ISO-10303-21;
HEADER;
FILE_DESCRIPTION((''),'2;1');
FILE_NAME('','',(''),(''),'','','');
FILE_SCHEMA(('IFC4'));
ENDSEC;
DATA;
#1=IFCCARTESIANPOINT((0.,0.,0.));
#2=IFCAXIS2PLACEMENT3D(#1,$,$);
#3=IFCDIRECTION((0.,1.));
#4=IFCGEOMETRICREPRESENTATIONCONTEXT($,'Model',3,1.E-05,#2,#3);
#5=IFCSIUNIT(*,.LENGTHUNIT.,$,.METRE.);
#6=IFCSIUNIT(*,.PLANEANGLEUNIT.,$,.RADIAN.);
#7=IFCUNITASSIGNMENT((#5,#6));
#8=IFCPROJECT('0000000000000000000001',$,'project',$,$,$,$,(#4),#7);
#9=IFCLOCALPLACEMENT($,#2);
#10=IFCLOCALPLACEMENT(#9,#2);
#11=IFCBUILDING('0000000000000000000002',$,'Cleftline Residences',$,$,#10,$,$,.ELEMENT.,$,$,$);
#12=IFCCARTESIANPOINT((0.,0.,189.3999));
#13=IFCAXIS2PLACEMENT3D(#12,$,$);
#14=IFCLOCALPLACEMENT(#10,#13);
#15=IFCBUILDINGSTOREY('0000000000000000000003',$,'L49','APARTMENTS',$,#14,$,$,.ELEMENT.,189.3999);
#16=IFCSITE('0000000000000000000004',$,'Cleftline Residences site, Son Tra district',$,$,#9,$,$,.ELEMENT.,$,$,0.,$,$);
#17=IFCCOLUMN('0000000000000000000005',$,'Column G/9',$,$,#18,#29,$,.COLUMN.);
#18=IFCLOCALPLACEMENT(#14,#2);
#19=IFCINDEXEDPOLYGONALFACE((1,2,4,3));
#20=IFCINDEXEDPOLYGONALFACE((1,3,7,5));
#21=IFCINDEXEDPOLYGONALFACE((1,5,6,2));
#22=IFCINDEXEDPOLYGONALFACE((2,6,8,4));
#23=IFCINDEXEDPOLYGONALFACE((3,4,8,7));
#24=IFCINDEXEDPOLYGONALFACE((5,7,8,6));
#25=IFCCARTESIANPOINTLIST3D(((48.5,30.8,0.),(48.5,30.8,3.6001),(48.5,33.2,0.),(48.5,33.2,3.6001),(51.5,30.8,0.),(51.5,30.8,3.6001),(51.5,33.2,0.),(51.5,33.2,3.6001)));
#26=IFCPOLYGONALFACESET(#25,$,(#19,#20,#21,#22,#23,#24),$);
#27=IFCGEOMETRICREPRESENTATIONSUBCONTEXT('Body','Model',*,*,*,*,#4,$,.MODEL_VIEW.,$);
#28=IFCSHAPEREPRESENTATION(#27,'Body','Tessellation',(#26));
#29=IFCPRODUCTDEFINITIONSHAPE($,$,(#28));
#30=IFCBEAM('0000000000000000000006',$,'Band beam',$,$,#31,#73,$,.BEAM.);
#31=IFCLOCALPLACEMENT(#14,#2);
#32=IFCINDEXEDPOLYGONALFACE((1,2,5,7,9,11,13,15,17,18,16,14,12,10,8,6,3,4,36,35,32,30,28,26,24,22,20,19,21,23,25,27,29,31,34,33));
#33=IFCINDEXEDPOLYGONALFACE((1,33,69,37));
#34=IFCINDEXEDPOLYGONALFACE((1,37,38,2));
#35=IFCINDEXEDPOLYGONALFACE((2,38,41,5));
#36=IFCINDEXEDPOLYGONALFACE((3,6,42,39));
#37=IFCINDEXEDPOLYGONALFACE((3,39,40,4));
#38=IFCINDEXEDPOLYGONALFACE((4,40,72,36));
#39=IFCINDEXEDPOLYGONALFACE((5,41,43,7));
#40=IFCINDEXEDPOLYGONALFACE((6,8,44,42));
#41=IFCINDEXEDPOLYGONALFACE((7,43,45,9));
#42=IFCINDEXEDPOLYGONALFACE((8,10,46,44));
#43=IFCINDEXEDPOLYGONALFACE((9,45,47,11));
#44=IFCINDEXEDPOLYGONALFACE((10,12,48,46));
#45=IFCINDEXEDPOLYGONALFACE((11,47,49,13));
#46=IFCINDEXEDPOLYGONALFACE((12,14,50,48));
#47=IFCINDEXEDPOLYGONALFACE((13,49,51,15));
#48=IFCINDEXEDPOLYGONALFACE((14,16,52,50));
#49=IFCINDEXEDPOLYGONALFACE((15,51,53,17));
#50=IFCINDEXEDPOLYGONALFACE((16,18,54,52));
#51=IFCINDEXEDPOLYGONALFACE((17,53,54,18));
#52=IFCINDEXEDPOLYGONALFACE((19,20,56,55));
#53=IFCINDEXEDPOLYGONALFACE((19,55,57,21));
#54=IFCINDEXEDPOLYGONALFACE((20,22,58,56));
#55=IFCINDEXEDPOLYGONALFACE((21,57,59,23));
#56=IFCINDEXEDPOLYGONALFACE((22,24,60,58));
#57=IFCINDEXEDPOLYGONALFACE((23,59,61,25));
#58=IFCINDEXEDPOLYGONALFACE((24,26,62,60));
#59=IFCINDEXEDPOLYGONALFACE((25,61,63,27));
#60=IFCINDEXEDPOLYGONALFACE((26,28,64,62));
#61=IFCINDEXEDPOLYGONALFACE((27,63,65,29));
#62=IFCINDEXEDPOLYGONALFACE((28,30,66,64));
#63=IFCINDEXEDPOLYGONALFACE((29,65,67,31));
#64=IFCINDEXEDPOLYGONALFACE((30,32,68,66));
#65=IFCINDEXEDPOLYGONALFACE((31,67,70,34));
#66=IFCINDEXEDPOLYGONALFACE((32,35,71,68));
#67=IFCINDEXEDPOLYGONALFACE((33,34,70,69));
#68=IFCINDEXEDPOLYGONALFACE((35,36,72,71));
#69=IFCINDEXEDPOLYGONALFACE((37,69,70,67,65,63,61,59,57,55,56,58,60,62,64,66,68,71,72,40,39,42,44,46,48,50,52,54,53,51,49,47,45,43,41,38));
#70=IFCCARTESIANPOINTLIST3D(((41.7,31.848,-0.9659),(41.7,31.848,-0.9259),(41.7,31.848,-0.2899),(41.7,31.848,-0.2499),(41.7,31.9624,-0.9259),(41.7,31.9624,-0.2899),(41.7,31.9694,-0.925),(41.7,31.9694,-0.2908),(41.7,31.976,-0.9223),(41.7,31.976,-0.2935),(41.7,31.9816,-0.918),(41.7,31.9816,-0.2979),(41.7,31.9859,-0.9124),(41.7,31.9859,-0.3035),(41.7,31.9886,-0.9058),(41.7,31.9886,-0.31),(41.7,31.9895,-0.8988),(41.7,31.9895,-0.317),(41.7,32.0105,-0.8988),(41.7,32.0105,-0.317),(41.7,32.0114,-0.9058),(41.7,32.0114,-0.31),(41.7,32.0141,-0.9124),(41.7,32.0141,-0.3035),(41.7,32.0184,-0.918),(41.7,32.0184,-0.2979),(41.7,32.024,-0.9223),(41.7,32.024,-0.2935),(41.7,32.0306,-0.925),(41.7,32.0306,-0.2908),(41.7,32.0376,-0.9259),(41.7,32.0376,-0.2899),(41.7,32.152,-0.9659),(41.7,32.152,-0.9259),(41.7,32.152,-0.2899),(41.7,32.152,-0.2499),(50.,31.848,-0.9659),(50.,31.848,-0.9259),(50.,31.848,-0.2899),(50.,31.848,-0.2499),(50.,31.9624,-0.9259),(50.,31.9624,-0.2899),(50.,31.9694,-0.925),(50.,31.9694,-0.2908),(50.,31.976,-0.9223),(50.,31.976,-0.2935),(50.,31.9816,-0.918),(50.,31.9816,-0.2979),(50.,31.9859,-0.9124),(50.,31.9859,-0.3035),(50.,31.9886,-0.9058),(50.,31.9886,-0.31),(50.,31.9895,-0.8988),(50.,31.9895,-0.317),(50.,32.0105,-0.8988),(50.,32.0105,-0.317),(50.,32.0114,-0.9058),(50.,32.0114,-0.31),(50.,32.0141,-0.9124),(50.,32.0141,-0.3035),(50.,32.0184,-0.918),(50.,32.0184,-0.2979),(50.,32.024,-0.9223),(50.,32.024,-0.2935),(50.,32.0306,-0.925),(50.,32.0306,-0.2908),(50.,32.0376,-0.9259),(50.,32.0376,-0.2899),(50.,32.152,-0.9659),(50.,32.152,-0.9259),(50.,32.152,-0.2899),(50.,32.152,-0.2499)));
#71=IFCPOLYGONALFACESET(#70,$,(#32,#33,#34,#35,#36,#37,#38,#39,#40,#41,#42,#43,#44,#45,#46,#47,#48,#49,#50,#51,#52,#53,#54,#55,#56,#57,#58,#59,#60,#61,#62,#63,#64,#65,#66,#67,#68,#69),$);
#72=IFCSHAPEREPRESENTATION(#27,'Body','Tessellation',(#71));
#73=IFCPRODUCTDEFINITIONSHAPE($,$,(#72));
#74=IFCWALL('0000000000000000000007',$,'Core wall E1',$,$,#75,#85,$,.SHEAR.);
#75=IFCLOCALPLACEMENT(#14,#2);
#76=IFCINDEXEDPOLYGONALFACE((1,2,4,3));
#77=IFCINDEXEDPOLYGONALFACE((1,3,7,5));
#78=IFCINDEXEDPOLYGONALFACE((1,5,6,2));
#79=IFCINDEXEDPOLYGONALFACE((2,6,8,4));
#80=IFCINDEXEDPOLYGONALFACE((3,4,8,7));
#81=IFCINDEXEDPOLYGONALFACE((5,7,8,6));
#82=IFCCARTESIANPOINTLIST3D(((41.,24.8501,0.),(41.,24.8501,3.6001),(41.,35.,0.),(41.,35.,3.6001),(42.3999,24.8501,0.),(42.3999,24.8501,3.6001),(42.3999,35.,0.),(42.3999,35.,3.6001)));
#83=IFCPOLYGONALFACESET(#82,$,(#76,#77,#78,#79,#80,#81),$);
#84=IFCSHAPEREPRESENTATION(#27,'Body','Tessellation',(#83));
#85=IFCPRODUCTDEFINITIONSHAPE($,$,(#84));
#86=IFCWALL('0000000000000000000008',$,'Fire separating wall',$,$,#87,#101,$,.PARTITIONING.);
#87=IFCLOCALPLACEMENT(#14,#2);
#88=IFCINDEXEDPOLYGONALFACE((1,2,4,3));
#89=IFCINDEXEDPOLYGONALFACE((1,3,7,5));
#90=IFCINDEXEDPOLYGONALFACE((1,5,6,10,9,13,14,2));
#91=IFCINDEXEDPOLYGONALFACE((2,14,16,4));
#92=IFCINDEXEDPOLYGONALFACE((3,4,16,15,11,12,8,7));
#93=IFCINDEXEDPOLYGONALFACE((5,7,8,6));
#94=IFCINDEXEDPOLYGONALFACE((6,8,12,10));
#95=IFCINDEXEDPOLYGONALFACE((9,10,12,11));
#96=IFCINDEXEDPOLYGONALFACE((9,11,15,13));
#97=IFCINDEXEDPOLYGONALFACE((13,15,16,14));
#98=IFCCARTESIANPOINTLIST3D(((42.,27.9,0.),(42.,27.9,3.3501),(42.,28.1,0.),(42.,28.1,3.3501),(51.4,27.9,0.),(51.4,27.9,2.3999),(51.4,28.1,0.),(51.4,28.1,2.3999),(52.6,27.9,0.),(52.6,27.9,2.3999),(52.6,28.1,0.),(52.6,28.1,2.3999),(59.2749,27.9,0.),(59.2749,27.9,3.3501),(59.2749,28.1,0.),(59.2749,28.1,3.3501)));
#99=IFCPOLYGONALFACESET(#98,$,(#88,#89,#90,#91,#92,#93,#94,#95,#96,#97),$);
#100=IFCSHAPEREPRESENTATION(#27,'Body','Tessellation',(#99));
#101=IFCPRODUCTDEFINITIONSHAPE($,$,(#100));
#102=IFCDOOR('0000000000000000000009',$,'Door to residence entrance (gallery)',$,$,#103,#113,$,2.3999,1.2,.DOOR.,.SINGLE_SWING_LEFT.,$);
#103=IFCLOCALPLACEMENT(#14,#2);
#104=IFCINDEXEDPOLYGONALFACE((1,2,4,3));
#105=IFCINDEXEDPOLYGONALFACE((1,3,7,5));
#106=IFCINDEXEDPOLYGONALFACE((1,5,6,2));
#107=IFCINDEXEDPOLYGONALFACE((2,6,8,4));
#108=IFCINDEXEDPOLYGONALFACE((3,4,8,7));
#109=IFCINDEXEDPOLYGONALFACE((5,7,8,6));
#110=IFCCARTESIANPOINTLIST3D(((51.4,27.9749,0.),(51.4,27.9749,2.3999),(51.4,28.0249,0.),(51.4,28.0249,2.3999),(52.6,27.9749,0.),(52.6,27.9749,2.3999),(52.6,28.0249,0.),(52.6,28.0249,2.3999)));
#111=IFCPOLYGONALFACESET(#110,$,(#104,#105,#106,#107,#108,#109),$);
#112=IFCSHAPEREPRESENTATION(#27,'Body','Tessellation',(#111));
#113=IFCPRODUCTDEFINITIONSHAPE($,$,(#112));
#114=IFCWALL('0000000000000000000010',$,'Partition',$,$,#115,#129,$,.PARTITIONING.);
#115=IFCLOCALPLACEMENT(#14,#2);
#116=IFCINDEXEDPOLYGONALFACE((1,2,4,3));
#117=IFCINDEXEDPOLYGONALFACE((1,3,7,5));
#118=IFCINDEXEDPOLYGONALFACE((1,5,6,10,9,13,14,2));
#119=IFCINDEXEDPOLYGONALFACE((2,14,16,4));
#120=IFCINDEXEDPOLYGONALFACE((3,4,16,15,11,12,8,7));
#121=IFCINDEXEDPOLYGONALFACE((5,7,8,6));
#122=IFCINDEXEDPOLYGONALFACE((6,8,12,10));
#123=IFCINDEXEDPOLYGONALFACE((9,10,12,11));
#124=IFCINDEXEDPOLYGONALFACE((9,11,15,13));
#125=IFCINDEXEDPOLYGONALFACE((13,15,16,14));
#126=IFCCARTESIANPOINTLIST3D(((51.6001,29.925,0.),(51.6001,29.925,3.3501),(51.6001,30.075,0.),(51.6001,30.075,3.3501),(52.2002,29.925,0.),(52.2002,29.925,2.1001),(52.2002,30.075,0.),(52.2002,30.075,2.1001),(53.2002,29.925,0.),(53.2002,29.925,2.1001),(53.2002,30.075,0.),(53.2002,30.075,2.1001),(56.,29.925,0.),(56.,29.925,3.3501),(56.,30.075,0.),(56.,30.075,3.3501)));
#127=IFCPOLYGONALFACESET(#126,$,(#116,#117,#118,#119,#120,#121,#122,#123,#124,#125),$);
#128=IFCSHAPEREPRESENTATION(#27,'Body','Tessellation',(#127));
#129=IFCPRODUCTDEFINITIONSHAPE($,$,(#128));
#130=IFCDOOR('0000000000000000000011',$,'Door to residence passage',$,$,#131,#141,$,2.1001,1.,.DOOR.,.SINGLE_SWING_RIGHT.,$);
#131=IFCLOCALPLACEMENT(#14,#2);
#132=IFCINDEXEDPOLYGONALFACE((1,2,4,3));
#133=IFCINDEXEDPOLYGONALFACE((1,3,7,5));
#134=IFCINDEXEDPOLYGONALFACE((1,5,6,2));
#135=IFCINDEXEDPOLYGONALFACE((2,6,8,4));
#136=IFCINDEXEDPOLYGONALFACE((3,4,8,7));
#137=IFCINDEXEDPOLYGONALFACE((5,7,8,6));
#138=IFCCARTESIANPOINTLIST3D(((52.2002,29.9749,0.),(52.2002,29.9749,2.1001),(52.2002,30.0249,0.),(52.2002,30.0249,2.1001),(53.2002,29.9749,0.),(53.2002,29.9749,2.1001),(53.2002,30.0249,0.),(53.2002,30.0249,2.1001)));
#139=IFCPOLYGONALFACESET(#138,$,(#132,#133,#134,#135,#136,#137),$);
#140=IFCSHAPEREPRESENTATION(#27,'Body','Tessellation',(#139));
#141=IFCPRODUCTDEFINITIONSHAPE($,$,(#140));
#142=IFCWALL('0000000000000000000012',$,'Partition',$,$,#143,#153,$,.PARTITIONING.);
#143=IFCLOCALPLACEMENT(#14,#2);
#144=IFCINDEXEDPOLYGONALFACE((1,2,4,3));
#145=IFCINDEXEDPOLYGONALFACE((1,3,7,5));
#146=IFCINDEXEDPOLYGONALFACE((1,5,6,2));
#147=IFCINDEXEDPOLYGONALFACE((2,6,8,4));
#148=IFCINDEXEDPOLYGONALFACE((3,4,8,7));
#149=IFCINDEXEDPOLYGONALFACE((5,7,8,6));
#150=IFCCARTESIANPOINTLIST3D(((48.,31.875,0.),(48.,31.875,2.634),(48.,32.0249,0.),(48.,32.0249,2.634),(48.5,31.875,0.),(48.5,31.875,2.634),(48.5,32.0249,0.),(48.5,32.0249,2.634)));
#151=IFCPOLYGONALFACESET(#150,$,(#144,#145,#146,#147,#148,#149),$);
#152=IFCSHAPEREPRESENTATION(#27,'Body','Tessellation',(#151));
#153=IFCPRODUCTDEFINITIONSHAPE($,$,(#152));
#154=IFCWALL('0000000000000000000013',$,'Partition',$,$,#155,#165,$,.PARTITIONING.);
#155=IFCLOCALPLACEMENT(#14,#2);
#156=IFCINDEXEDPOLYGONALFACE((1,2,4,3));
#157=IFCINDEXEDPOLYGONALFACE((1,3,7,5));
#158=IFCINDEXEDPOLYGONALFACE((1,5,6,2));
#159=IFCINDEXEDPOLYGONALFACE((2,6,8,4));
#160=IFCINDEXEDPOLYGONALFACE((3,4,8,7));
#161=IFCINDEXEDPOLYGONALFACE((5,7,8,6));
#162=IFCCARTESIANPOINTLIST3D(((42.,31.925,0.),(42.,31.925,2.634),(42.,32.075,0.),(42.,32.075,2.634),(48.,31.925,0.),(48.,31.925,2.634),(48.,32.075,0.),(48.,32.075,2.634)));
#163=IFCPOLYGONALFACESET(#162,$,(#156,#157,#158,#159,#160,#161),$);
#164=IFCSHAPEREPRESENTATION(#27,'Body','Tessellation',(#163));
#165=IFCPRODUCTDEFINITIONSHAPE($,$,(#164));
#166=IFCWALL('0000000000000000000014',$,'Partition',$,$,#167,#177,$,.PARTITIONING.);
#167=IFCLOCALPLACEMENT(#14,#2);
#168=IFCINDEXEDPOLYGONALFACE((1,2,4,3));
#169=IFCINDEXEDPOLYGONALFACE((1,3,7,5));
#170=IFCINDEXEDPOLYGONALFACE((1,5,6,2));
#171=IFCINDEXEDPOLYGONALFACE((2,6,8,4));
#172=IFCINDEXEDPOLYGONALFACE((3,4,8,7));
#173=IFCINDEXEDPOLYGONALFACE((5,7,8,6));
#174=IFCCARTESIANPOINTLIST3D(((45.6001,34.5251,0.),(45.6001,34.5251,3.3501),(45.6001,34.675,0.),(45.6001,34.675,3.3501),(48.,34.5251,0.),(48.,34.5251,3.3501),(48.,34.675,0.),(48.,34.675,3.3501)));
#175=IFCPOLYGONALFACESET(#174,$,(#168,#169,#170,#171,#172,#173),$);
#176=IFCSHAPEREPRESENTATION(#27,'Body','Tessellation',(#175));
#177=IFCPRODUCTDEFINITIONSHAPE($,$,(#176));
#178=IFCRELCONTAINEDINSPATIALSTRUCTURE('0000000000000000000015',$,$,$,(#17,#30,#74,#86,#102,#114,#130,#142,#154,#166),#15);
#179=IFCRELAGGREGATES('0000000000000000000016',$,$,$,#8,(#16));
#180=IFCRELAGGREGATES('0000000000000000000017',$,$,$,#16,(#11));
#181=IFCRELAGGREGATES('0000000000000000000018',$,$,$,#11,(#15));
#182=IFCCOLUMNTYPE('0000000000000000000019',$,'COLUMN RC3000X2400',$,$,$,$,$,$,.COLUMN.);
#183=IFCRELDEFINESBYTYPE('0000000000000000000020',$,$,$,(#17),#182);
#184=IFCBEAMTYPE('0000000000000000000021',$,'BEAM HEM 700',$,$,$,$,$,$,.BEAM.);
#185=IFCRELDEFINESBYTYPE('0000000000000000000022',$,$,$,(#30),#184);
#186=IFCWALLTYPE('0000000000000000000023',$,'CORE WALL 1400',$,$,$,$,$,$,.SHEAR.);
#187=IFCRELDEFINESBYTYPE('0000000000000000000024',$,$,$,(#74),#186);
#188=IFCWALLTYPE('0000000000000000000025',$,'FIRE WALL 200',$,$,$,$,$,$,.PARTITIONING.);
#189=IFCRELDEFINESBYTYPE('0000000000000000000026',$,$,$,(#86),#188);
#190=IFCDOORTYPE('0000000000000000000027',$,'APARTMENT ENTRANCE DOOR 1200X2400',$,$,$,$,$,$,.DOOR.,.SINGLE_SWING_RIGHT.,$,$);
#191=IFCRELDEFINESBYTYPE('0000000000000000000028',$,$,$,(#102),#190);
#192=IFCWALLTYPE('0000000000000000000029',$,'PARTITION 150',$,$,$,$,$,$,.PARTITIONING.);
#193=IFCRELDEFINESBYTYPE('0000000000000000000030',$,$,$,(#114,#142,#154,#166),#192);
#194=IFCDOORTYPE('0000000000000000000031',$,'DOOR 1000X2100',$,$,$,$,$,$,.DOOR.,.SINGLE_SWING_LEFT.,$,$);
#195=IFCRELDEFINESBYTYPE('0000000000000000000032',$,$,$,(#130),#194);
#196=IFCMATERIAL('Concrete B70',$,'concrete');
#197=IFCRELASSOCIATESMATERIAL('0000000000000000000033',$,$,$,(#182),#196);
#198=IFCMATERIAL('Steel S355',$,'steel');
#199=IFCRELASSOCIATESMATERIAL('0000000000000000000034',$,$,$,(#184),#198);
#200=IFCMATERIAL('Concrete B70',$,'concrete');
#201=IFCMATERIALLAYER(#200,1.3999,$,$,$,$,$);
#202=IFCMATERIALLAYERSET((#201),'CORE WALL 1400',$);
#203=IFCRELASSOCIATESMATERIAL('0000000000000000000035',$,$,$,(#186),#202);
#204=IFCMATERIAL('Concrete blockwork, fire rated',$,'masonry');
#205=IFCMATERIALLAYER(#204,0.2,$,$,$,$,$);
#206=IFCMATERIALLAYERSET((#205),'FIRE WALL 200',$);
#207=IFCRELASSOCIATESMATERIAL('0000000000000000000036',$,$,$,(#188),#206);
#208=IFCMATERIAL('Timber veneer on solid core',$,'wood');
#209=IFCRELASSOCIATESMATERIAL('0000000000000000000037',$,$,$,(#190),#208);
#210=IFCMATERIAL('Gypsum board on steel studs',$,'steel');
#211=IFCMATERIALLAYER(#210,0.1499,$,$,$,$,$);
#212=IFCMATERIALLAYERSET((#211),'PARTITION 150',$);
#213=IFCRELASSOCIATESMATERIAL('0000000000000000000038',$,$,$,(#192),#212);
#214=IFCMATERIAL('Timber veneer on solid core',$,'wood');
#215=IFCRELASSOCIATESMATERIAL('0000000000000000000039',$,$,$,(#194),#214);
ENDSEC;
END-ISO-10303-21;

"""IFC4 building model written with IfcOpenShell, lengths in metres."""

from ifc_helpers import new_model, si_unit, direction, frame, frame_2d, origin, origin_2d, place, context, subcontext, project, spatial, rectangle, i_section, extrude, material, layer, layer_set, material_profile, profile_set, type_object, element, fill, save


model = new_model("IFC4")

# Units and contexts
model_context = context("Model", 3, precision=1e-05, world=origin(), true_north=direction((0.0, 1.0)))
body_context = subcontext(model_context, "Body", "Model", "MODEL_VIEW")
ifc_project = project(units=[si_unit("LENGTHUNIT", "METRE"), si_unit("PLANEANGLEUNIT", "RADIAN")], contexts=[model_context])

# Site, building, storey
site_placement = place(None, origin())
site = spatial("IfcSite", under=ifc_project, at=site_placement, Name="Cleftline Residences site, Son Tra district", CompositionType="ELEMENT", RefElevation=0.0)
building_placement = place(site_placement, origin())
building = spatial("IfcBuilding", under=site, at=building_placement, Name="Cleftline Residences", CompositionType="ELEMENT")
storey_placement = place(building_placement, frame((0.0, 0.0, 189.3999)))
storey = spatial("IfcBuildingStorey", under=building, at=storey_placement, Name="L49", Description="APARTMENTS", CompositionType="ELEMENT", Elevation=189.3999)

# Column
ifc_material_1 = material(Name="Concrete B70", Category="concrete")
ifc_material_profile_1 = material_profile(ifc_material_1, rectangle(XDim=3.0, YDim=2.3999, at=origin_2d()))
ifc_profile_set_1 = profile_set([ifc_material_profile_1], Name="Concrete B70")
column_type = type_object("IfcColumnType", Name="COLUMN RC3000X2400", PredefinedType="COLUMN", material=ifc_profile_set_1)
column_placement = place(storey_placement, frame((50.0, 32.0, 0.0), z_axis=(0.0, 0.0, 1.0), x_axis=(1.0, 0.0, 0.0)))
element("IfcColumn", 1, at=column_placement, inside=storey, type_object=column_type, Name="Column G/9", PredefinedType="COLUMN", context=body_context, shape_type="SweptSolid", body=[
    extrude(rectangle(XDim=3.0, YDim=2.3999, at=origin_2d()), origin(), (0.0, 0.0, 1.0), 3.6001),
])

# Beam
ifc_material_2 = material(Name="Steel S355", Category="steel")
ifc_material_profile_2 = material_profile(ifc_material_2, i_section(OverallWidth=0.304, OverallDepth=0.7161, WebThickness=0.021, FlangeThickness=0.04, FilletRadius=0.0271, at=origin_2d()))
ifc_profile_set_2 = profile_set([ifc_material_profile_2], Name="Steel S355")
beam_type = type_object("IfcBeamType", Name="BEAM HEM 700", PredefinedType="BEAM", material=ifc_profile_set_2)
beam_placement = place(storey_placement, frame((50.0, 32.0, -0.6079), z_axis=(-1.0, 0.0, 0.0), x_axis=(0.0, -1.0, 0.0)))
element("IfcBeam", 2, at=beam_placement, inside=storey, type_object=beam_type, Name="Band beam", PredefinedType="BEAM", context=body_context, shape_type="SweptSolid", body=[
    extrude(i_section(OverallWidth=0.304, OverallDepth=0.7161, WebThickness=0.021, FlangeThickness=0.04, FilletRadius=0.0271, at=origin_2d()), origin(), (0.0, 0.0, 1.0), 8.3),
])

# Wall
ifc_material_3 = material(Name="Concrete B70", Category="concrete")
ifc_layer_1 = layer(ifc_material_3, 1.3999)
ifc_layer_set_1 = layer_set([ifc_layer_1], Name="CORE WALL 1400")
wall_type_1 = type_object("IfcWallType", Name="CORE WALL 1400", PredefinedType="SHEAR", material=ifc_layer_set_1)
wall_1_placement = place(storey_placement, frame((41.7, 24.8501, 0.0), z_axis=(0.0, 0.0, 1.0), x_axis=(0.0, 1.0, 0.0)))
element("IfcWall", 3, at=wall_1_placement, inside=storey, type_object=wall_type_1, Name="Core wall E1", PredefinedType="SHEAR", context=body_context, shape_type="SweptSolid", body=[
    extrude(rectangle(XDim=10.1499, YDim=1.3999, at=frame_2d((5.075, 0.0))), origin(), (0.0, 0.0, 1.0), 3.6001),
])

# Walls, openings, doors
ifc_material_4 = material(Name="Concrete blockwork, fire rated", Category="masonry")
ifc_layer_2 = layer(ifc_material_4, 0.2)
ifc_layer_set_2 = layer_set([ifc_layer_2], Name="FIRE WALL 200")
wall_type_2 = type_object("IfcWallType", Name="FIRE WALL 200", PredefinedType="PARTITIONING", material=ifc_layer_set_2)
wall_2_placement = place(storey_placement, frame((42.0, 28.0, 0.0), z_axis=(0.0, 0.0, 1.0), x_axis=(1.0, 0.0, 0.0)))
wall_2 = element("IfcWall", 4, at=wall_2_placement, inside=storey, type_object=wall_type_2, Name="Fire separating wall", PredefinedType="PARTITIONING", context=body_context, shape_type="SweptSolid", body=[
    extrude(rectangle(XDim=17.2749, YDim=0.2, at=frame_2d((8.6375, 0.0))), origin(), (0.0, 0.0, 1.0), 3.3501),
])
opening_1_placement = place(wall_2_placement, frame((9.3999, 0.0, 0.0)))
opening_1 = element("IfcOpeningElement", 5, at=opening_1_placement, cuts=wall_2, PredefinedType="OPENING", context=body_context, shape_type="SweptSolid", body=[
    extrude(rectangle(XDim=1.2, YDim=2.3999, at=frame_2d((0.6001, 1.2))), frame((0.0, 0.1099, 0.0), z_axis=(0.0, -1.0, 0.0), x_axis=(1.0, 0.0, 0.0)), (0.0, 0.0, 1.0), 0.22),
])
ifc_material_5 = material(Name="Timber veneer on solid core", Category="wood")
door_type_1 = type_object("IfcDoorType", Name="APARTMENT ENTRANCE DOOR 1200X2400", OperationType="SINGLE_SWING_RIGHT", PredefinedType="DOOR", material=ifc_material_5)
door_1_placement = place(opening_1_placement, origin())
door_1 = element("IfcDoor", 6, at=door_1_placement, inside=storey, type_object=door_type_1, Name="Door to residence entrance (gallery)", OperationType="SINGLE_SWING_LEFT", OverallHeight=2.3999, OverallWidth=1.2, PredefinedType="DOOR", context=body_context, shape_type="SweptSolid", body=[
    extrude(rectangle(XDim=1.2, YDim=2.3999, at=frame_2d((0.6001, 1.2))), frame((0.0, 0.0249, 0.0), z_axis=(0.0, -1.0, 0.0), x_axis=(1.0, 0.0, 0.0)), (0.0, 0.0, 1.0), 0.05),
])
fill(opening_1, door_1)
ifc_material_6 = material(Name="Gypsum board on steel studs", Category="steel")
ifc_layer_3 = layer(ifc_material_6, 0.1499)
ifc_layer_set_3 = layer_set([ifc_layer_3], Name="PARTITION 150")
wall_type_3 = type_object("IfcWallType", Name="PARTITION 150", PredefinedType="PARTITIONING", material=ifc_layer_set_3)
wall_3_placement = place(storey_placement, frame((51.6001, 30.0, 0.0), z_axis=(0.0, 0.0, 1.0), x_axis=(1.0, 0.0, 0.0)))
wall_3 = element("IfcWall", 7, at=wall_3_placement, inside=storey, type_object=wall_type_3, Name="Partition", PredefinedType="PARTITIONING", context=body_context, shape_type="SweptSolid", body=[
    extrude(rectangle(XDim=4.3999, YDim=0.1499, at=frame_2d((2.2, 0.0))), origin(), (0.0, 0.0, 1.0), 3.3501),
])
opening_2_placement = place(wall_3_placement, frame((0.6001, 0.0, 0.0)))
opening_2 = element("IfcOpeningElement", 8, at=opening_2_placement, cuts=wall_3, PredefinedType="OPENING", context=body_context, shape_type="SweptSolid", body=[
    extrude(rectangle(XDim=1.0, YDim=2.1001, at=frame_2d((0.5, 1.05))), frame((0.0, 0.085, 0.0), z_axis=(0.0, -1.0, 0.0), x_axis=(1.0, 0.0, 0.0)), (0.0, 0.0, 1.0), 0.1699),
])
ifc_material_7 = material(Name="Timber veneer on solid core", Category="wood")
door_type_2 = type_object("IfcDoorType", Name="DOOR 1000X2100", OperationType="SINGLE_SWING_LEFT", PredefinedType="DOOR", material=ifc_material_7)
door_2_placement = place(opening_2_placement, origin())
door_2 = element("IfcDoor", 9, at=door_2_placement, inside=storey, type_object=door_type_2, Name="Door to residence passage", OperationType="SINGLE_SWING_RIGHT", OverallHeight=2.1001, OverallWidth=1.0, PredefinedType="DOOR", context=body_context, shape_type="SweptSolid", body=[
    extrude(rectangle(XDim=1.0, YDim=2.1001, at=frame_2d((0.5, 1.05))), frame((0.0, 0.0249, 0.0), z_axis=(0.0, -1.0, 0.0), x_axis=(1.0, 0.0, 0.0)), (0.0, 0.0, 1.0), 0.05),
])
fill(opening_2, door_2)

# Walls
wall_4_placement = place(storey_placement, frame((48.0, 31.95, 0.0), z_axis=(0.0, 0.0, 1.0), x_axis=(1.0, 0.0, 0.0)))
element("IfcWall", 10, at=wall_4_placement, inside=storey, type_object=wall_type_3, Name="Partition", PredefinedType="PARTITIONING", context=body_context, shape_type="SweptSolid", body=[
    extrude(rectangle(XDim=0.5, YDim=0.1499, at=frame_2d((0.25, 0.0))), origin(), (0.0, 0.0, 1.0), 2.634),
])
wall_5_placement = place(storey_placement, frame((42.0, 32.0, 0.0), z_axis=(0.0, 0.0, 1.0), x_axis=(1.0, 0.0, 0.0)))
element("IfcWall", 11, at=wall_5_placement, inside=storey, type_object=wall_type_3, Name="Partition", PredefinedType="PARTITIONING", context=body_context, shape_type="SweptSolid", body=[
    extrude(rectangle(XDim=6.0, YDim=0.1499, at=frame_2d((3.0, 0.0))), origin(), (0.0, 0.0, 1.0), 2.634),
])
wall_6_placement = place(storey_placement, frame((45.6001, 34.6001, 0.0), z_axis=(0.0, 0.0, 1.0), x_axis=(1.0, 0.0, 0.0)))
element("IfcWall", 12, at=wall_6_placement, inside=storey, type_object=wall_type_3, Name="Partition", PredefinedType="PARTITIONING", context=body_context, shape_type="SweptSolid", body=[
    extrude(rectangle(XDim=2.3999, YDim=0.1499, at=frame_2d((1.2, 0.0))), origin(), (0.0, 0.0, 1.0), 3.3501),
])

save(model, "model.ifc")
